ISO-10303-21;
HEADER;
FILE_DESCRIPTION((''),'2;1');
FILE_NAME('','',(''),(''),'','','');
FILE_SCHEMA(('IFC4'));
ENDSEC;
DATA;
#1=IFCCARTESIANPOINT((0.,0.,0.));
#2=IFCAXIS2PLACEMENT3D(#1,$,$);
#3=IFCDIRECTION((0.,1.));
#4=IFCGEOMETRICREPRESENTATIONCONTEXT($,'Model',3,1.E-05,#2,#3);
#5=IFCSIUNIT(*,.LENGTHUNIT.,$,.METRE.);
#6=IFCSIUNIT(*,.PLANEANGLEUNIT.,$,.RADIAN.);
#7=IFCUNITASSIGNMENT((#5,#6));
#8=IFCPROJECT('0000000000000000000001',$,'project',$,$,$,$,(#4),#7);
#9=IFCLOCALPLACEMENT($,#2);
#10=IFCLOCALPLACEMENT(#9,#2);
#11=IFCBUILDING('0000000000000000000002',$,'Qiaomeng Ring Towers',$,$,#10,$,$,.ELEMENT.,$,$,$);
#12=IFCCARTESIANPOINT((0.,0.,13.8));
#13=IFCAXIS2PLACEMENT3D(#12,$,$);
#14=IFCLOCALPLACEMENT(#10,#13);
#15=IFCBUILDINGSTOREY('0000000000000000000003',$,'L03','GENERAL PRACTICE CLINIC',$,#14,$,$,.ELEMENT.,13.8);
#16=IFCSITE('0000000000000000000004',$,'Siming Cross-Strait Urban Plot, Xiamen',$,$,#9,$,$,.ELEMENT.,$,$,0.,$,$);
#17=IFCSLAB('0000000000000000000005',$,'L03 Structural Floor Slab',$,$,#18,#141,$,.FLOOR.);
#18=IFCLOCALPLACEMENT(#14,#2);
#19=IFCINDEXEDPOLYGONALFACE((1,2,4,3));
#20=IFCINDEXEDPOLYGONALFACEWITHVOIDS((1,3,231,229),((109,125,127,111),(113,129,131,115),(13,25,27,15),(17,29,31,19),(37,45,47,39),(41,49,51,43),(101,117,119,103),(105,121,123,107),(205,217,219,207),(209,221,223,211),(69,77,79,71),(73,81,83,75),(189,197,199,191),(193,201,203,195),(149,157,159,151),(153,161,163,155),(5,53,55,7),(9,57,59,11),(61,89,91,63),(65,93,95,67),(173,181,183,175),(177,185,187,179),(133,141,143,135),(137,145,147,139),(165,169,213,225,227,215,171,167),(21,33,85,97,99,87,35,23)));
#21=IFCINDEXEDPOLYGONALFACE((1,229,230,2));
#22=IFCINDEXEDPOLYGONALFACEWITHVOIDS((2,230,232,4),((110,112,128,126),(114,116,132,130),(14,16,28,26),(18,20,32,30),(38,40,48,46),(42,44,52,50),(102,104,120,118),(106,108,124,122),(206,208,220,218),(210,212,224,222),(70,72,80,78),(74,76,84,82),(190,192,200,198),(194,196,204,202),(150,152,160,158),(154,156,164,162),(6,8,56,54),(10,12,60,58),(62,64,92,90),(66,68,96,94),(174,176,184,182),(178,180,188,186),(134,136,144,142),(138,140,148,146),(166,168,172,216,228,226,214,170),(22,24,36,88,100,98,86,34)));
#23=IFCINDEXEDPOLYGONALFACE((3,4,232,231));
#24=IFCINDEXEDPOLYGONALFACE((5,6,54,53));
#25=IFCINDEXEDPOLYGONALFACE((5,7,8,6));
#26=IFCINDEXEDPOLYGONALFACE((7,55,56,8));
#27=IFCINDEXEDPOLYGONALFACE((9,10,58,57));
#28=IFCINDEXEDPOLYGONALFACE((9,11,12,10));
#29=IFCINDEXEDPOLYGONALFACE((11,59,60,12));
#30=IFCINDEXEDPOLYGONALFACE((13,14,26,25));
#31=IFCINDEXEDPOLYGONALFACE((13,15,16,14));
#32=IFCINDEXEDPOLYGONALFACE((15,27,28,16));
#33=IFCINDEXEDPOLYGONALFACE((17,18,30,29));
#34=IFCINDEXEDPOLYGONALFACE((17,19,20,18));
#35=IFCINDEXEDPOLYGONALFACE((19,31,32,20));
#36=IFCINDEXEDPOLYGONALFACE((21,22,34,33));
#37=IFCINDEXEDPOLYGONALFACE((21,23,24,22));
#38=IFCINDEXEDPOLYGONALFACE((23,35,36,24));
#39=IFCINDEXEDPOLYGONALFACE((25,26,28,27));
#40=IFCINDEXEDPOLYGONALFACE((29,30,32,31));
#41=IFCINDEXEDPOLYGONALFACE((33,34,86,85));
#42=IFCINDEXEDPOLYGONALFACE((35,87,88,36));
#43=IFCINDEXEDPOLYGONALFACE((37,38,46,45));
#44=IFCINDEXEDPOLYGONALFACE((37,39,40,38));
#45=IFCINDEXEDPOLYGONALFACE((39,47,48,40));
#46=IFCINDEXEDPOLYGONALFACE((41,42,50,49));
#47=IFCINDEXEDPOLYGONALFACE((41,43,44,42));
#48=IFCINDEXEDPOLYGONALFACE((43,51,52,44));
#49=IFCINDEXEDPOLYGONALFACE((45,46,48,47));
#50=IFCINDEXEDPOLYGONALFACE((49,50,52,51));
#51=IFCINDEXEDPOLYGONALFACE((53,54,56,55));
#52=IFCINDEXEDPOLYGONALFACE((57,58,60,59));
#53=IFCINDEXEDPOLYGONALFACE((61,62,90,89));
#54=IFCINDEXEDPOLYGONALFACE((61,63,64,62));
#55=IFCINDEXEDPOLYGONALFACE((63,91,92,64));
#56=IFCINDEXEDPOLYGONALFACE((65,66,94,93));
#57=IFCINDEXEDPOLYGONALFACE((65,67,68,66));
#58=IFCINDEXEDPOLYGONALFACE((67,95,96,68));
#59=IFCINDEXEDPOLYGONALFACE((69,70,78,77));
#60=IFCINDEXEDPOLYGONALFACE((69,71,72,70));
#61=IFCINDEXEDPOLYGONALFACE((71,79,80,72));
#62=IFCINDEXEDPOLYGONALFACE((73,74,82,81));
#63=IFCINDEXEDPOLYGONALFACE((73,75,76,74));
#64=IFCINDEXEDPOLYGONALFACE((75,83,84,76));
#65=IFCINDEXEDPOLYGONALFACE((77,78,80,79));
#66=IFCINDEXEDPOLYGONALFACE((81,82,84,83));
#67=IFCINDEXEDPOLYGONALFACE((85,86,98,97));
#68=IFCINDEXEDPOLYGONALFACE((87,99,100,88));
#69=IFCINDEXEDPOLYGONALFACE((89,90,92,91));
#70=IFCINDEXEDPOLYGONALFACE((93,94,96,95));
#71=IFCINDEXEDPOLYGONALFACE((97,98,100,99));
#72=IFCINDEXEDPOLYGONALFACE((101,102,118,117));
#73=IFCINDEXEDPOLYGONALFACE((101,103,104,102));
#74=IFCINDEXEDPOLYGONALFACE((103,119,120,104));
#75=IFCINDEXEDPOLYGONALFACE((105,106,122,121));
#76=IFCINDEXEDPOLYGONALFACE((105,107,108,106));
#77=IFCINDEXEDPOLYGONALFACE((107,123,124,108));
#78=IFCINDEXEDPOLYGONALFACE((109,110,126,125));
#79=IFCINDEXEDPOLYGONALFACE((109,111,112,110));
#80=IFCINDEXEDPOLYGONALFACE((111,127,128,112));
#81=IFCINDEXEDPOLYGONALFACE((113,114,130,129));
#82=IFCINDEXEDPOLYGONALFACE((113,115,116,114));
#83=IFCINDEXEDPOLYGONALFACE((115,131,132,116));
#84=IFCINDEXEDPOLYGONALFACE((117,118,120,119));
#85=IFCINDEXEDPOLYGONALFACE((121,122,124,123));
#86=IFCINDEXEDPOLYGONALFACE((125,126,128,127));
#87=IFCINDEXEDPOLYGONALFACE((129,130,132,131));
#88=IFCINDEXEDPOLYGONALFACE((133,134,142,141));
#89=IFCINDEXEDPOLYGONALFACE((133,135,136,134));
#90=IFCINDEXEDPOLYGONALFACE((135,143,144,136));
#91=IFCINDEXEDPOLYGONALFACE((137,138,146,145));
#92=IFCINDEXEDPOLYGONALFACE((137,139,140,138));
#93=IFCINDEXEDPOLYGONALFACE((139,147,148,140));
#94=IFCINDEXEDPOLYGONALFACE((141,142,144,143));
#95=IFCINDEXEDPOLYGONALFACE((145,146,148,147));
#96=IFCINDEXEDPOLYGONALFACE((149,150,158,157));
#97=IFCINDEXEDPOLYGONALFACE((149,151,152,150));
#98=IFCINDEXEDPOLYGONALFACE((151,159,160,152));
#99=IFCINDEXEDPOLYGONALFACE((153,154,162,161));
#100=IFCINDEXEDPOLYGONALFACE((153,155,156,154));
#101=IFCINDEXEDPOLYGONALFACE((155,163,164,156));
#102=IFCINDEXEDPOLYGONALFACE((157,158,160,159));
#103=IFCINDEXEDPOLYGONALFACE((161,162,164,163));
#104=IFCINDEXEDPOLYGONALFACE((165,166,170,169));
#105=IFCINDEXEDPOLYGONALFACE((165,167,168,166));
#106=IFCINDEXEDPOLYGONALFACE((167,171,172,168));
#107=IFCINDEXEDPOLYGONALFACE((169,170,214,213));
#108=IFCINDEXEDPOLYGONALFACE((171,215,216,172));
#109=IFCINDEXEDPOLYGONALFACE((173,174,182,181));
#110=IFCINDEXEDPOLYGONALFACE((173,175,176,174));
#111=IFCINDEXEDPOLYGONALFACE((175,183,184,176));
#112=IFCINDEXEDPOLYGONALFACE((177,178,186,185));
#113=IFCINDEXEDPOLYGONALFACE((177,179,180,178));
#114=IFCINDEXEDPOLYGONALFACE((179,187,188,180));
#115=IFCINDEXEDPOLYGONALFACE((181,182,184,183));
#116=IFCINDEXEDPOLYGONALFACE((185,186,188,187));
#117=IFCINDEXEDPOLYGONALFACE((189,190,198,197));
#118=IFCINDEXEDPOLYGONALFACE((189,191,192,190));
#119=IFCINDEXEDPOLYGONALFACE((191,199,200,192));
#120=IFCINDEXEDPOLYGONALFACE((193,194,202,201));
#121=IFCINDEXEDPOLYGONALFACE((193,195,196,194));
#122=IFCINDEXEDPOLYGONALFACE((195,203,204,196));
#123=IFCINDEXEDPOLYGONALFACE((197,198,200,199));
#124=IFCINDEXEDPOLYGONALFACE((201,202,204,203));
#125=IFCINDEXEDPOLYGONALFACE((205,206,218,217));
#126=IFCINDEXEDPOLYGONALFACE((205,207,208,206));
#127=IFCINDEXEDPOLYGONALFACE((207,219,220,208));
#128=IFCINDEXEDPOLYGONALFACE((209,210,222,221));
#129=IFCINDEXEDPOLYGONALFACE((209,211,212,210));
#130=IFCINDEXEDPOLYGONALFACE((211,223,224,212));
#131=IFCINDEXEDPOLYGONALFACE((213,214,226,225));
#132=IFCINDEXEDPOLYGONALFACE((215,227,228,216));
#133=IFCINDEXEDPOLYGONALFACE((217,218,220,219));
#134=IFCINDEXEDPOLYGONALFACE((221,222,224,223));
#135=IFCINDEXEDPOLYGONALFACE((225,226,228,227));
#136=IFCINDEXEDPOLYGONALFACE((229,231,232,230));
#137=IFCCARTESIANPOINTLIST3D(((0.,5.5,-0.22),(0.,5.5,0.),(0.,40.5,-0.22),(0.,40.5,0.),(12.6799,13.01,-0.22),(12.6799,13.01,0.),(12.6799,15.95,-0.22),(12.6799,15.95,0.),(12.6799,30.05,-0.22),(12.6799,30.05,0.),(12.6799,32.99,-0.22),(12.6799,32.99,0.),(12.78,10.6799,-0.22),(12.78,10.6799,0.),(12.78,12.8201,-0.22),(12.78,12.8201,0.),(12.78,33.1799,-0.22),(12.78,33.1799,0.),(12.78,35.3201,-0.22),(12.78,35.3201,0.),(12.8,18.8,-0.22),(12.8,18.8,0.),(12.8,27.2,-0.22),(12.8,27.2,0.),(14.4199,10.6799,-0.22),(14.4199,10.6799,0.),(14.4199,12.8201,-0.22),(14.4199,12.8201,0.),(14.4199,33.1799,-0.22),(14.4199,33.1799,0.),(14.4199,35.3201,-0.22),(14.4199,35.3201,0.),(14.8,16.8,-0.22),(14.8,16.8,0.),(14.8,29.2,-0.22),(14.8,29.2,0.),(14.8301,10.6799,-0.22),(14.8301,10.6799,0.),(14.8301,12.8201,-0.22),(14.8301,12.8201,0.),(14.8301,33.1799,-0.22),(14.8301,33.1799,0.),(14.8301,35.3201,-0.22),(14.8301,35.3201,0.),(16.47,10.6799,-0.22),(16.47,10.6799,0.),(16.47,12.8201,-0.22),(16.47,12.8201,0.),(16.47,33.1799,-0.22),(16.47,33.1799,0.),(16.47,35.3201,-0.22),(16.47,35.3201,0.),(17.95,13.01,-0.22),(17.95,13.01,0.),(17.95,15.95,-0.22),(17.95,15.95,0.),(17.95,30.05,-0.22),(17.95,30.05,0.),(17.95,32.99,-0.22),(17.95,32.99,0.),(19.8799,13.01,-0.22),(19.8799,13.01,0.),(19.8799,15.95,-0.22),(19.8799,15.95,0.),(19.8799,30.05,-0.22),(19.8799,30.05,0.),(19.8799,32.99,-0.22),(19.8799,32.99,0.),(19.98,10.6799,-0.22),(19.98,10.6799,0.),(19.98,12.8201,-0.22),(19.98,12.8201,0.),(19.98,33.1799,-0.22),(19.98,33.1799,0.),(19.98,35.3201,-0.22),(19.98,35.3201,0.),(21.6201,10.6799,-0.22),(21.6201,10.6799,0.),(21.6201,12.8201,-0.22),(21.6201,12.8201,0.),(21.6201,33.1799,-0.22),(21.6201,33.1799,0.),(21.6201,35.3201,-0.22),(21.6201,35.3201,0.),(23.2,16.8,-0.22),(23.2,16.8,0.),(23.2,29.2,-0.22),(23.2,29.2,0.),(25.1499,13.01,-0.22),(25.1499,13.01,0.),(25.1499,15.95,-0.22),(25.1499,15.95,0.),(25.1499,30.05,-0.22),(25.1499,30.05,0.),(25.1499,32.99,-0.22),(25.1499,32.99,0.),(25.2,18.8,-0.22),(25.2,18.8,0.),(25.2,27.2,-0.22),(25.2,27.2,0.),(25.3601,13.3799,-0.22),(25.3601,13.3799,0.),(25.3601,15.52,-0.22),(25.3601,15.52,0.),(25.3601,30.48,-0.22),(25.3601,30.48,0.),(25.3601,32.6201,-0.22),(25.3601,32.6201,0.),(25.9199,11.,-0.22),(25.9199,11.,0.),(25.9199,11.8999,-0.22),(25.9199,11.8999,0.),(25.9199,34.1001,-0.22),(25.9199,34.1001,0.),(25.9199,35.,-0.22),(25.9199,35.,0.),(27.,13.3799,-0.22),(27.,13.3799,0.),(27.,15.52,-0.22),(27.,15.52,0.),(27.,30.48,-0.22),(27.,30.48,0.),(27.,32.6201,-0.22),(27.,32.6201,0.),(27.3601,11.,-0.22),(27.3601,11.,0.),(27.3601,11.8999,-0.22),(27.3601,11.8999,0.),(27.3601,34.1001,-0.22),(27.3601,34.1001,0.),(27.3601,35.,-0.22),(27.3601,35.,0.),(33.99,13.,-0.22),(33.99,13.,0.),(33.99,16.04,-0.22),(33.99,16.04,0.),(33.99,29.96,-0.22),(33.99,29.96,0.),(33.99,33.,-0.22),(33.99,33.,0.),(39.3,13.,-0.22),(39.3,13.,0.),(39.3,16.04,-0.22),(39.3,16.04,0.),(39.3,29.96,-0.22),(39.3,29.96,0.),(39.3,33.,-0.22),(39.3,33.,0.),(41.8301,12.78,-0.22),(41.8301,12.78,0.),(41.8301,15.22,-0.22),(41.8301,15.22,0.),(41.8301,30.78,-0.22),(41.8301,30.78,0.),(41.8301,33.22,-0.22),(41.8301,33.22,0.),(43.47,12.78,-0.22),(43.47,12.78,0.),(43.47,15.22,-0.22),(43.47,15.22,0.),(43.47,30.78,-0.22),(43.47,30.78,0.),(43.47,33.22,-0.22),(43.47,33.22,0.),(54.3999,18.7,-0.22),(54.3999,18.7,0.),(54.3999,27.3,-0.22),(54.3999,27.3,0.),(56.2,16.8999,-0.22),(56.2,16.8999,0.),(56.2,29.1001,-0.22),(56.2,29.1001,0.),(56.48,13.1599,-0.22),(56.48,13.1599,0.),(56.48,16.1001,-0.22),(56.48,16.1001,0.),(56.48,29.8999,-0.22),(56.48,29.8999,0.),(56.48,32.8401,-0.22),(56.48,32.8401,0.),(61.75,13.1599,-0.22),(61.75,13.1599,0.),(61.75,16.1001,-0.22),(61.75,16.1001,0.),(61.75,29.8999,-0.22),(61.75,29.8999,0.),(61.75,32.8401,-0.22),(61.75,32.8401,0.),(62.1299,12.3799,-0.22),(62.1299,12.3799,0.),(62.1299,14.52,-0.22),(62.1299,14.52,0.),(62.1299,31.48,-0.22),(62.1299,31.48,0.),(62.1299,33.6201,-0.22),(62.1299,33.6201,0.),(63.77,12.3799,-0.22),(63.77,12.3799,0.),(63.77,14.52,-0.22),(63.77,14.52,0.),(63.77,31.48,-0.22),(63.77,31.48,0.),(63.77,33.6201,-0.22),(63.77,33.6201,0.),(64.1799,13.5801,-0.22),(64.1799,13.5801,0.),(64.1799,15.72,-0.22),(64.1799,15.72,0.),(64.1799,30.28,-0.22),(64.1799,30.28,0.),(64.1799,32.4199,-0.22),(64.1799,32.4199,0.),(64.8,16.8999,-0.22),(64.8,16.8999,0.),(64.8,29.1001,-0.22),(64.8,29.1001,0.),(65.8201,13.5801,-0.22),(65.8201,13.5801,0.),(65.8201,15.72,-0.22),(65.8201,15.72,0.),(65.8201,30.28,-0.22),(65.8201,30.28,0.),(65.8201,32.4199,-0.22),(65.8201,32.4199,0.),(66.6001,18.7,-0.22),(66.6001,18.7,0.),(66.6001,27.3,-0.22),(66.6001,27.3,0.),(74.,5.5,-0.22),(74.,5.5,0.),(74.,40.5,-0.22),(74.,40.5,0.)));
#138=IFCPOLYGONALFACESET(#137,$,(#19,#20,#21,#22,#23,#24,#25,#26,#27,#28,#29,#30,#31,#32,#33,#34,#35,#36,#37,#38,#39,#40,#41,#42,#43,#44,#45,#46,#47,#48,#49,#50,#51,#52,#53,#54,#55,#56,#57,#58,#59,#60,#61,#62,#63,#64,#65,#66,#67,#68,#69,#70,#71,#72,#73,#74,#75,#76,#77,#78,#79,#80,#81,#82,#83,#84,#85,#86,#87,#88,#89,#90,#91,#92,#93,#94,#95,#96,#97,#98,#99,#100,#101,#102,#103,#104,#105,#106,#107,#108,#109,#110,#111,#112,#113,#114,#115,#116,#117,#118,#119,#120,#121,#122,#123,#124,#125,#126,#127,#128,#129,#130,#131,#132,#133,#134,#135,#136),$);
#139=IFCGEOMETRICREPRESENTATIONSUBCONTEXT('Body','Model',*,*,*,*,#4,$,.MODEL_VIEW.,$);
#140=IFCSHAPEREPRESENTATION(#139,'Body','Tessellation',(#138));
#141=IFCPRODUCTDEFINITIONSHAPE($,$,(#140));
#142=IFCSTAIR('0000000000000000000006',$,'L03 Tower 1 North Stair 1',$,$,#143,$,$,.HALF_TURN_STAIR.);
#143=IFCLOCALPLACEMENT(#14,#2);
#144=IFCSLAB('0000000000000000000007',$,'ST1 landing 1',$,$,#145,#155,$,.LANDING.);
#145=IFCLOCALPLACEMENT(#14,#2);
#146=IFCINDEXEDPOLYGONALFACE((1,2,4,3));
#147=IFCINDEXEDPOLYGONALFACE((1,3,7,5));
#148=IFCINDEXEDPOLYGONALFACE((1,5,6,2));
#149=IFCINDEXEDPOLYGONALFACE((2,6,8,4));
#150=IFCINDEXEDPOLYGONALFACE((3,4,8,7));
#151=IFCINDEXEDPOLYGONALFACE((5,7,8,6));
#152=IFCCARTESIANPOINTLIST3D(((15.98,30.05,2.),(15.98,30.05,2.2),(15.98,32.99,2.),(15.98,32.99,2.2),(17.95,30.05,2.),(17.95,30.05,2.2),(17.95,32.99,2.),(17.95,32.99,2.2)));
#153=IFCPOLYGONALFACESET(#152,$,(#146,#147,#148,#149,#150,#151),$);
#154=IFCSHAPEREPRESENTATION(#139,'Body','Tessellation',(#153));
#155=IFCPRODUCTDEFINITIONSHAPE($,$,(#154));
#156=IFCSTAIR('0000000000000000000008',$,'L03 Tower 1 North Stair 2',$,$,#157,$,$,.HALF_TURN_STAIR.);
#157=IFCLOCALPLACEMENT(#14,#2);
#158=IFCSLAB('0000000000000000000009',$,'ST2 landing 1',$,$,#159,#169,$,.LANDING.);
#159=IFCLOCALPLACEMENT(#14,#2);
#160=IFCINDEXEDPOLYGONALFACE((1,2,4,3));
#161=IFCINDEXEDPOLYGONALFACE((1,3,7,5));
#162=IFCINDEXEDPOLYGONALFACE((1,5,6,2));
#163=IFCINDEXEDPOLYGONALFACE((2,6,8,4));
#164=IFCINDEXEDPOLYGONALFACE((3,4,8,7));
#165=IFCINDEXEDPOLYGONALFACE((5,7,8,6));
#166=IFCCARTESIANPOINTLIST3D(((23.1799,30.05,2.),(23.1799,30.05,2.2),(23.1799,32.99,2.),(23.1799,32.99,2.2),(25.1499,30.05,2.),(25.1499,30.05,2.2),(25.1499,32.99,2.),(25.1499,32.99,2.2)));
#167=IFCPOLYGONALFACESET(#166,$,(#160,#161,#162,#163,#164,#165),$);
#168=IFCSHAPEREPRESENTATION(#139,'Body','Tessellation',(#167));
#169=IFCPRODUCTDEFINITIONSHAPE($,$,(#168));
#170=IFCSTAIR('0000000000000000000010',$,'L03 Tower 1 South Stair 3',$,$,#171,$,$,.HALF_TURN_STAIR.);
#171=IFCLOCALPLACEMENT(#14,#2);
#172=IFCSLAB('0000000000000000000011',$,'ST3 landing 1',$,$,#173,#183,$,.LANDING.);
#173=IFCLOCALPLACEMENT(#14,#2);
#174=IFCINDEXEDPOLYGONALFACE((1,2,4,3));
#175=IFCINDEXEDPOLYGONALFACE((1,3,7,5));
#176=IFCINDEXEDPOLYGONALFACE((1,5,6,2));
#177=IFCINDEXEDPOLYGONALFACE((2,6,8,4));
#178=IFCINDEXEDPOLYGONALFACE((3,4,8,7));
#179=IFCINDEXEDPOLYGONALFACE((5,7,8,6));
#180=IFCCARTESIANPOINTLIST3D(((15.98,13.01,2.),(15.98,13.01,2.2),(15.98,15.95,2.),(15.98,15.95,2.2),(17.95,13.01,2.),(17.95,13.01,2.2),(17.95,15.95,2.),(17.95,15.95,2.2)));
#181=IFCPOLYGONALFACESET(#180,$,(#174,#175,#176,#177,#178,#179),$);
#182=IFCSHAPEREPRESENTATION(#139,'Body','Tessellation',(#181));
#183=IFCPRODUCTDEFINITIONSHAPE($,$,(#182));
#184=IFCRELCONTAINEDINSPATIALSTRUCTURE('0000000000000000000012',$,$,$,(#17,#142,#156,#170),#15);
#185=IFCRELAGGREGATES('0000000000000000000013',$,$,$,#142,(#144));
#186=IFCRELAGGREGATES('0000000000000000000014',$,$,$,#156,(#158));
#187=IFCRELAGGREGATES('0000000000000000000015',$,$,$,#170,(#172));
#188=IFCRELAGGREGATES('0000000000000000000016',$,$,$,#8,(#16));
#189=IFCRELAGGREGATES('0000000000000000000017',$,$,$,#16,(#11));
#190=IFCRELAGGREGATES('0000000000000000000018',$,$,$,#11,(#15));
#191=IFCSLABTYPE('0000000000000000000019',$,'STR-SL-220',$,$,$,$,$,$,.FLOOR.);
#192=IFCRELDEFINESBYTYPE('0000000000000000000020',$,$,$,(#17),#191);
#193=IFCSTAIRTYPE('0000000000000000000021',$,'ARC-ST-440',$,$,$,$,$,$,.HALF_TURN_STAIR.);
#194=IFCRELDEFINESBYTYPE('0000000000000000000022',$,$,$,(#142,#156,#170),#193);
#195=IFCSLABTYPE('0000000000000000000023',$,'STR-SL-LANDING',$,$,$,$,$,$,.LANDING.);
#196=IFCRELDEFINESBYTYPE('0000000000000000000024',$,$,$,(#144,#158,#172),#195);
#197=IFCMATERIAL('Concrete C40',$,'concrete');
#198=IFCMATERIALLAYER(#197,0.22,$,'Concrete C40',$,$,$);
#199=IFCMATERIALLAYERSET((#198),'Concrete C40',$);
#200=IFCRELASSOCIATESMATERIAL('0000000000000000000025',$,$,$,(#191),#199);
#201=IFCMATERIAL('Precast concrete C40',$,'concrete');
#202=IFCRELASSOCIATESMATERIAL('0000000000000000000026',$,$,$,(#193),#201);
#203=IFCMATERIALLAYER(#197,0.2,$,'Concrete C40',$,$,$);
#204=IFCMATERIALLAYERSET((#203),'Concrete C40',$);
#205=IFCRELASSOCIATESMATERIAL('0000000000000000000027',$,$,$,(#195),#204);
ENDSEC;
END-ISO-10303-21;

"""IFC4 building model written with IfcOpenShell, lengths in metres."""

from ifc_helpers import new_model, si_unit, direction, frame, origin, place, context, subcontext, project, spatial, polyline, outline, extrude, material, layer, layer_set, type_object, element, aggregate, save


model = new_model("IFC4")

# Units and contexts
model_context = context("Model", 3, precision=1e-05, world=origin(), true_north=direction((0.0, 1.0)))
body_context = subcontext(model_context, "Body", "Model", "MODEL_VIEW")
ifc_project = project(units=[si_unit("LENGTHUNIT", "METRE"), si_unit("PLANEANGLEUNIT", "RADIAN")], contexts=[model_context])

# Site, building, storey
site_placement = place(None, origin())
site = spatial("IfcSite", under=ifc_project, at=site_placement, Name="Siming Cross-Strait Urban Plot, Xiamen", CompositionType="ELEMENT", RefElevation=0.0)
building_placement = place(site_placement, origin())
building = spatial("IfcBuilding", under=site, at=building_placement, Name="Qiaomeng Ring Towers", CompositionType="ELEMENT")
storey_placement = place(building_placement, frame((0.0, 0.0, 13.8)))
storey = spatial("IfcBuildingStorey", under=building, at=storey_placement, Name="L03", Description="GENERAL PRACTICE CLINIC", CompositionType="ELEMENT", Elevation=13.8)

# Slab
ifc_material_1 = material(Name="Concrete C40", Category="concrete")
ifc_layer_1 = layer(ifc_material_1, 0.22, Name="Concrete C40")
ifc_layer_set_1 = layer_set([ifc_layer_1], Name="Concrete C40")
slab_type_1 = type_object("IfcSlabType", Name="STR-SL-220", PredefinedType="FLOOR", material=ifc_layer_set_1)
slab_1_placement = place(storey_placement, frame((0.0, 0.0, -0.22)))
element("IfcSlab", 1, at=slab_1_placement, inside=storey, type_object=slab_type_1, Name="L03 Structural Floor Slab", PredefinedType="FLOOR", context=body_context, shape_type="SweptSolid", body=[
    extrude(outline(polyline([(0.0, 5.5), (74.0, 5.5), (74.0, 40.5), (0.0, 40.5), (0.0, 5.5)]), holes=[polyline([(12.78, 12.8201), (14.4199, 12.8201), (14.4199, 10.6799), (12.78, 10.6799), (12.78, 12.8201)]), polyline([(16.47, 12.8201), (16.47, 10.6799), (14.8301, 10.6799), (14.8301, 12.8201), (16.47, 12.8201)]), polyline([(21.6201, 12.8201), (21.6201, 10.6799), (19.98, 10.6799), (19.98, 12.8201), (21.6201, 12.8201)]), polyline([(27.0, 15.52), (27.0, 13.3799), (25.3601, 13.3799), (25.3601, 15.52), (27.0, 15.52)]), polyline([(17.95, 15.95), (17.95, 13.01), (12.6799, 13.01), (12.6799, 15.95), (17.95, 15.95)]), polyline([(25.1499, 15.95), (25.1499, 13.01), (19.8799, 13.01), (19.8799, 15.95), (25.1499, 15.95)]), polyline([(25.2, 18.8), (23.2, 16.8), (14.8, 16.8), (12.8, 18.8), (12.8, 27.2), (14.8, 29.2), (23.2, 29.2), (25.2, 27.2), (25.2, 18.8)]), polyline([(12.6799, 32.99), (17.95, 32.99), (17.95, 30.05), (12.6799, 30.05), (12.6799, 32.99)]), polyline([(25.1499, 32.99), (25.1499, 30.05), (19.8799, 30.05), (19.8799, 32.99), (25.1499, 32.99)]), polyline([(27.0, 32.6201), (27.0, 30.48), (25.3601, 30.48), (25.3601, 32.6201), (27.0, 32.6201)]), polyline([(14.4199, 35.3201), (14.4199, 33.1799), (12.78, 33.1799), (12.78, 35.3201), (14.4199, 35.3201)]), polyline([(16.47, 35.3201), (16.47, 33.1799), (14.8301, 33.1799), (14.8301, 35.3201), (16.47, 35.3201)]), polyline([(21.6201, 35.3201), (21.6201, 33.1799), (19.98, 33.1799), (19.98, 35.3201), (21.6201, 35.3201)]), polyline([(27.3601, 35.0), (27.3601, 34.1001), (25.9199, 34.1001), (25.9199, 35.0), (27.3601, 35.0)]), polyline([(25.9199, 11.8999), (27.3601, 11.8999), (27.3601, 11.0), (25.9199, 11.0), (25.9199, 11.8999)]), polyline([(63.77, 14.52), (63.77, 12.3799), (62.1299, 12.3799), (62.1299, 14.52), (63.77, 14.52)]), polyline([(43.47, 15.22), (43.47, 12.78), (41.8301, 12.78), (41.8301, 15.22), (43.47, 15.22)]), polyline([(39.3, 16.04), (39.3, 13.0), (33.99, 13.0), (33.99, 16.04), (39.3, 16.04)]), polyline([(61.75, 16.1001), (61.75, 13.1599), (56.48, 13.1599), (56.48, 16.1001), (61.75, 16.1001)]), polyline([(65.8201, 15.72), (65.8201, 13.5801), (64.1799, 13.5801), (64.1799, 15.72), (65.8201, 15.72)]), polyline([(66.6001, 27.3), (66.6001, 18.7), (64.8, 16.8999), (56.2, 16.8999), (54.3999, 18.7), (54.3999, 27.3), (56.2, 29.1001), (64.8, 29.1001), (66.6001, 27.3)]), polyline([(65.8201, 32.4199), (65.8201, 30.28), (64.1799, 30.28), (64.1799, 32.4199), (65.8201, 32.4199)]), polyline([(61.75, 32.8401), (61.75, 29.8999), (56.48, 29.8999), (56.48, 32.8401), (61.75, 32.8401)]), polyline([(39.3, 33.0), (39.3, 29.96), (33.99, 29.96), (33.99, 33.0), (39.3, 33.0)]), polyline([(43.47, 33.22), (43.47, 30.78), (41.8301, 30.78), (41.8301, 33.22), (43.47, 33.22)]), polyline([(63.77, 33.6201), (63.77, 31.48), (62.1299, 31.48), (62.1299, 33.6201), (63.77, 33.6201)])]), origin(), (0.0, 0.0, 1.0), 0.22),
])

# Stairs, slabs
ifc_material_2 = material(Name="Precast concrete C40", Category="concrete")
stair_type_1 = type_object("IfcStairType", Name="ARC-ST-440", PredefinedType="HALF_TURN_STAIR", material=ifc_material_2)
stair_1_placement = place(storey_placement, origin())
stair_1 = element("IfcStair", 2, at=stair_1_placement, inside=storey, type_object=stair_type_1, Name="L03 Tower 1 North Stair 1", PredefinedType="HALF_TURN_STAIR")
ifc_layer_2 = layer(ifc_material_1, 0.2, Name="Concrete C40")
ifc_layer_set_2 = layer_set([ifc_layer_2], Name="Concrete C40")
slab_type_2 = type_object("IfcSlabType", Name="STR-SL-LANDING", PredefinedType="LANDING", material=ifc_layer_set_2)
slab_2_placement = place(storey_placement, frame((0.0, 0.0, 2.0)))
slab_2 = element("IfcSlab", 3, at=slab_2_placement, type_object=slab_type_2, Name="ST1 landing 1", PredefinedType="LANDING", context=body_context, shape_type="SweptSolid", body=[
    extrude(outline(polyline([(15.98, 30.05), (17.95, 30.05), (17.95, 32.99), (15.98, 32.99), (15.98, 30.05)])), origin(), (0.0, 0.0, 1.0), 0.2),
])
aggregate(stair_1, [slab_2])
stair_2_placement = place(storey_placement, origin())
stair_2 = element("IfcStair", 4, at=stair_2_placement, inside=storey, type_object=stair_type_1, Name="L03 Tower 1 North Stair 2", PredefinedType="HALF_TURN_STAIR")
slab_3_placement = place(storey_placement, frame((0.0, 0.0, 2.0)))
slab_3 = element("IfcSlab", 5, at=slab_3_placement, type_object=slab_type_2, Name="ST2 landing 1", PredefinedType="LANDING", context=body_context, shape_type="SweptSolid", body=[
    extrude(outline(polyline([(23.1799, 30.05), (25.1499, 30.05), (25.1499, 32.99), (23.1799, 32.99), (23.1799, 30.05)])), origin(), (0.0, 0.0, 1.0), 0.2),
])
aggregate(stair_2, [slab_3])
stair_3_placement = place(storey_placement, origin())
stair_3 = element("IfcStair", 6, at=stair_3_placement, inside=storey, type_object=stair_type_1, Name="L03 Tower 1 South Stair 3", PredefinedType="HALF_TURN_STAIR")
slab_4_placement = place(storey_placement, frame((0.0, 0.0, 2.0)))
slab_4 = element("IfcSlab", 7, at=slab_4_placement, type_object=slab_type_2, Name="ST3 landing 1", PredefinedType="LANDING", context=body_context, shape_type="SweptSolid", body=[
    extrude(outline(polyline([(15.98, 13.01), (17.95, 13.01), (17.95, 15.95), (15.98, 15.95), (15.98, 13.01)])), origin(), (0.0, 0.0, 1.0), 0.2),
])
aggregate(stair_3, [slab_4])

save(model, "model.ifc")
